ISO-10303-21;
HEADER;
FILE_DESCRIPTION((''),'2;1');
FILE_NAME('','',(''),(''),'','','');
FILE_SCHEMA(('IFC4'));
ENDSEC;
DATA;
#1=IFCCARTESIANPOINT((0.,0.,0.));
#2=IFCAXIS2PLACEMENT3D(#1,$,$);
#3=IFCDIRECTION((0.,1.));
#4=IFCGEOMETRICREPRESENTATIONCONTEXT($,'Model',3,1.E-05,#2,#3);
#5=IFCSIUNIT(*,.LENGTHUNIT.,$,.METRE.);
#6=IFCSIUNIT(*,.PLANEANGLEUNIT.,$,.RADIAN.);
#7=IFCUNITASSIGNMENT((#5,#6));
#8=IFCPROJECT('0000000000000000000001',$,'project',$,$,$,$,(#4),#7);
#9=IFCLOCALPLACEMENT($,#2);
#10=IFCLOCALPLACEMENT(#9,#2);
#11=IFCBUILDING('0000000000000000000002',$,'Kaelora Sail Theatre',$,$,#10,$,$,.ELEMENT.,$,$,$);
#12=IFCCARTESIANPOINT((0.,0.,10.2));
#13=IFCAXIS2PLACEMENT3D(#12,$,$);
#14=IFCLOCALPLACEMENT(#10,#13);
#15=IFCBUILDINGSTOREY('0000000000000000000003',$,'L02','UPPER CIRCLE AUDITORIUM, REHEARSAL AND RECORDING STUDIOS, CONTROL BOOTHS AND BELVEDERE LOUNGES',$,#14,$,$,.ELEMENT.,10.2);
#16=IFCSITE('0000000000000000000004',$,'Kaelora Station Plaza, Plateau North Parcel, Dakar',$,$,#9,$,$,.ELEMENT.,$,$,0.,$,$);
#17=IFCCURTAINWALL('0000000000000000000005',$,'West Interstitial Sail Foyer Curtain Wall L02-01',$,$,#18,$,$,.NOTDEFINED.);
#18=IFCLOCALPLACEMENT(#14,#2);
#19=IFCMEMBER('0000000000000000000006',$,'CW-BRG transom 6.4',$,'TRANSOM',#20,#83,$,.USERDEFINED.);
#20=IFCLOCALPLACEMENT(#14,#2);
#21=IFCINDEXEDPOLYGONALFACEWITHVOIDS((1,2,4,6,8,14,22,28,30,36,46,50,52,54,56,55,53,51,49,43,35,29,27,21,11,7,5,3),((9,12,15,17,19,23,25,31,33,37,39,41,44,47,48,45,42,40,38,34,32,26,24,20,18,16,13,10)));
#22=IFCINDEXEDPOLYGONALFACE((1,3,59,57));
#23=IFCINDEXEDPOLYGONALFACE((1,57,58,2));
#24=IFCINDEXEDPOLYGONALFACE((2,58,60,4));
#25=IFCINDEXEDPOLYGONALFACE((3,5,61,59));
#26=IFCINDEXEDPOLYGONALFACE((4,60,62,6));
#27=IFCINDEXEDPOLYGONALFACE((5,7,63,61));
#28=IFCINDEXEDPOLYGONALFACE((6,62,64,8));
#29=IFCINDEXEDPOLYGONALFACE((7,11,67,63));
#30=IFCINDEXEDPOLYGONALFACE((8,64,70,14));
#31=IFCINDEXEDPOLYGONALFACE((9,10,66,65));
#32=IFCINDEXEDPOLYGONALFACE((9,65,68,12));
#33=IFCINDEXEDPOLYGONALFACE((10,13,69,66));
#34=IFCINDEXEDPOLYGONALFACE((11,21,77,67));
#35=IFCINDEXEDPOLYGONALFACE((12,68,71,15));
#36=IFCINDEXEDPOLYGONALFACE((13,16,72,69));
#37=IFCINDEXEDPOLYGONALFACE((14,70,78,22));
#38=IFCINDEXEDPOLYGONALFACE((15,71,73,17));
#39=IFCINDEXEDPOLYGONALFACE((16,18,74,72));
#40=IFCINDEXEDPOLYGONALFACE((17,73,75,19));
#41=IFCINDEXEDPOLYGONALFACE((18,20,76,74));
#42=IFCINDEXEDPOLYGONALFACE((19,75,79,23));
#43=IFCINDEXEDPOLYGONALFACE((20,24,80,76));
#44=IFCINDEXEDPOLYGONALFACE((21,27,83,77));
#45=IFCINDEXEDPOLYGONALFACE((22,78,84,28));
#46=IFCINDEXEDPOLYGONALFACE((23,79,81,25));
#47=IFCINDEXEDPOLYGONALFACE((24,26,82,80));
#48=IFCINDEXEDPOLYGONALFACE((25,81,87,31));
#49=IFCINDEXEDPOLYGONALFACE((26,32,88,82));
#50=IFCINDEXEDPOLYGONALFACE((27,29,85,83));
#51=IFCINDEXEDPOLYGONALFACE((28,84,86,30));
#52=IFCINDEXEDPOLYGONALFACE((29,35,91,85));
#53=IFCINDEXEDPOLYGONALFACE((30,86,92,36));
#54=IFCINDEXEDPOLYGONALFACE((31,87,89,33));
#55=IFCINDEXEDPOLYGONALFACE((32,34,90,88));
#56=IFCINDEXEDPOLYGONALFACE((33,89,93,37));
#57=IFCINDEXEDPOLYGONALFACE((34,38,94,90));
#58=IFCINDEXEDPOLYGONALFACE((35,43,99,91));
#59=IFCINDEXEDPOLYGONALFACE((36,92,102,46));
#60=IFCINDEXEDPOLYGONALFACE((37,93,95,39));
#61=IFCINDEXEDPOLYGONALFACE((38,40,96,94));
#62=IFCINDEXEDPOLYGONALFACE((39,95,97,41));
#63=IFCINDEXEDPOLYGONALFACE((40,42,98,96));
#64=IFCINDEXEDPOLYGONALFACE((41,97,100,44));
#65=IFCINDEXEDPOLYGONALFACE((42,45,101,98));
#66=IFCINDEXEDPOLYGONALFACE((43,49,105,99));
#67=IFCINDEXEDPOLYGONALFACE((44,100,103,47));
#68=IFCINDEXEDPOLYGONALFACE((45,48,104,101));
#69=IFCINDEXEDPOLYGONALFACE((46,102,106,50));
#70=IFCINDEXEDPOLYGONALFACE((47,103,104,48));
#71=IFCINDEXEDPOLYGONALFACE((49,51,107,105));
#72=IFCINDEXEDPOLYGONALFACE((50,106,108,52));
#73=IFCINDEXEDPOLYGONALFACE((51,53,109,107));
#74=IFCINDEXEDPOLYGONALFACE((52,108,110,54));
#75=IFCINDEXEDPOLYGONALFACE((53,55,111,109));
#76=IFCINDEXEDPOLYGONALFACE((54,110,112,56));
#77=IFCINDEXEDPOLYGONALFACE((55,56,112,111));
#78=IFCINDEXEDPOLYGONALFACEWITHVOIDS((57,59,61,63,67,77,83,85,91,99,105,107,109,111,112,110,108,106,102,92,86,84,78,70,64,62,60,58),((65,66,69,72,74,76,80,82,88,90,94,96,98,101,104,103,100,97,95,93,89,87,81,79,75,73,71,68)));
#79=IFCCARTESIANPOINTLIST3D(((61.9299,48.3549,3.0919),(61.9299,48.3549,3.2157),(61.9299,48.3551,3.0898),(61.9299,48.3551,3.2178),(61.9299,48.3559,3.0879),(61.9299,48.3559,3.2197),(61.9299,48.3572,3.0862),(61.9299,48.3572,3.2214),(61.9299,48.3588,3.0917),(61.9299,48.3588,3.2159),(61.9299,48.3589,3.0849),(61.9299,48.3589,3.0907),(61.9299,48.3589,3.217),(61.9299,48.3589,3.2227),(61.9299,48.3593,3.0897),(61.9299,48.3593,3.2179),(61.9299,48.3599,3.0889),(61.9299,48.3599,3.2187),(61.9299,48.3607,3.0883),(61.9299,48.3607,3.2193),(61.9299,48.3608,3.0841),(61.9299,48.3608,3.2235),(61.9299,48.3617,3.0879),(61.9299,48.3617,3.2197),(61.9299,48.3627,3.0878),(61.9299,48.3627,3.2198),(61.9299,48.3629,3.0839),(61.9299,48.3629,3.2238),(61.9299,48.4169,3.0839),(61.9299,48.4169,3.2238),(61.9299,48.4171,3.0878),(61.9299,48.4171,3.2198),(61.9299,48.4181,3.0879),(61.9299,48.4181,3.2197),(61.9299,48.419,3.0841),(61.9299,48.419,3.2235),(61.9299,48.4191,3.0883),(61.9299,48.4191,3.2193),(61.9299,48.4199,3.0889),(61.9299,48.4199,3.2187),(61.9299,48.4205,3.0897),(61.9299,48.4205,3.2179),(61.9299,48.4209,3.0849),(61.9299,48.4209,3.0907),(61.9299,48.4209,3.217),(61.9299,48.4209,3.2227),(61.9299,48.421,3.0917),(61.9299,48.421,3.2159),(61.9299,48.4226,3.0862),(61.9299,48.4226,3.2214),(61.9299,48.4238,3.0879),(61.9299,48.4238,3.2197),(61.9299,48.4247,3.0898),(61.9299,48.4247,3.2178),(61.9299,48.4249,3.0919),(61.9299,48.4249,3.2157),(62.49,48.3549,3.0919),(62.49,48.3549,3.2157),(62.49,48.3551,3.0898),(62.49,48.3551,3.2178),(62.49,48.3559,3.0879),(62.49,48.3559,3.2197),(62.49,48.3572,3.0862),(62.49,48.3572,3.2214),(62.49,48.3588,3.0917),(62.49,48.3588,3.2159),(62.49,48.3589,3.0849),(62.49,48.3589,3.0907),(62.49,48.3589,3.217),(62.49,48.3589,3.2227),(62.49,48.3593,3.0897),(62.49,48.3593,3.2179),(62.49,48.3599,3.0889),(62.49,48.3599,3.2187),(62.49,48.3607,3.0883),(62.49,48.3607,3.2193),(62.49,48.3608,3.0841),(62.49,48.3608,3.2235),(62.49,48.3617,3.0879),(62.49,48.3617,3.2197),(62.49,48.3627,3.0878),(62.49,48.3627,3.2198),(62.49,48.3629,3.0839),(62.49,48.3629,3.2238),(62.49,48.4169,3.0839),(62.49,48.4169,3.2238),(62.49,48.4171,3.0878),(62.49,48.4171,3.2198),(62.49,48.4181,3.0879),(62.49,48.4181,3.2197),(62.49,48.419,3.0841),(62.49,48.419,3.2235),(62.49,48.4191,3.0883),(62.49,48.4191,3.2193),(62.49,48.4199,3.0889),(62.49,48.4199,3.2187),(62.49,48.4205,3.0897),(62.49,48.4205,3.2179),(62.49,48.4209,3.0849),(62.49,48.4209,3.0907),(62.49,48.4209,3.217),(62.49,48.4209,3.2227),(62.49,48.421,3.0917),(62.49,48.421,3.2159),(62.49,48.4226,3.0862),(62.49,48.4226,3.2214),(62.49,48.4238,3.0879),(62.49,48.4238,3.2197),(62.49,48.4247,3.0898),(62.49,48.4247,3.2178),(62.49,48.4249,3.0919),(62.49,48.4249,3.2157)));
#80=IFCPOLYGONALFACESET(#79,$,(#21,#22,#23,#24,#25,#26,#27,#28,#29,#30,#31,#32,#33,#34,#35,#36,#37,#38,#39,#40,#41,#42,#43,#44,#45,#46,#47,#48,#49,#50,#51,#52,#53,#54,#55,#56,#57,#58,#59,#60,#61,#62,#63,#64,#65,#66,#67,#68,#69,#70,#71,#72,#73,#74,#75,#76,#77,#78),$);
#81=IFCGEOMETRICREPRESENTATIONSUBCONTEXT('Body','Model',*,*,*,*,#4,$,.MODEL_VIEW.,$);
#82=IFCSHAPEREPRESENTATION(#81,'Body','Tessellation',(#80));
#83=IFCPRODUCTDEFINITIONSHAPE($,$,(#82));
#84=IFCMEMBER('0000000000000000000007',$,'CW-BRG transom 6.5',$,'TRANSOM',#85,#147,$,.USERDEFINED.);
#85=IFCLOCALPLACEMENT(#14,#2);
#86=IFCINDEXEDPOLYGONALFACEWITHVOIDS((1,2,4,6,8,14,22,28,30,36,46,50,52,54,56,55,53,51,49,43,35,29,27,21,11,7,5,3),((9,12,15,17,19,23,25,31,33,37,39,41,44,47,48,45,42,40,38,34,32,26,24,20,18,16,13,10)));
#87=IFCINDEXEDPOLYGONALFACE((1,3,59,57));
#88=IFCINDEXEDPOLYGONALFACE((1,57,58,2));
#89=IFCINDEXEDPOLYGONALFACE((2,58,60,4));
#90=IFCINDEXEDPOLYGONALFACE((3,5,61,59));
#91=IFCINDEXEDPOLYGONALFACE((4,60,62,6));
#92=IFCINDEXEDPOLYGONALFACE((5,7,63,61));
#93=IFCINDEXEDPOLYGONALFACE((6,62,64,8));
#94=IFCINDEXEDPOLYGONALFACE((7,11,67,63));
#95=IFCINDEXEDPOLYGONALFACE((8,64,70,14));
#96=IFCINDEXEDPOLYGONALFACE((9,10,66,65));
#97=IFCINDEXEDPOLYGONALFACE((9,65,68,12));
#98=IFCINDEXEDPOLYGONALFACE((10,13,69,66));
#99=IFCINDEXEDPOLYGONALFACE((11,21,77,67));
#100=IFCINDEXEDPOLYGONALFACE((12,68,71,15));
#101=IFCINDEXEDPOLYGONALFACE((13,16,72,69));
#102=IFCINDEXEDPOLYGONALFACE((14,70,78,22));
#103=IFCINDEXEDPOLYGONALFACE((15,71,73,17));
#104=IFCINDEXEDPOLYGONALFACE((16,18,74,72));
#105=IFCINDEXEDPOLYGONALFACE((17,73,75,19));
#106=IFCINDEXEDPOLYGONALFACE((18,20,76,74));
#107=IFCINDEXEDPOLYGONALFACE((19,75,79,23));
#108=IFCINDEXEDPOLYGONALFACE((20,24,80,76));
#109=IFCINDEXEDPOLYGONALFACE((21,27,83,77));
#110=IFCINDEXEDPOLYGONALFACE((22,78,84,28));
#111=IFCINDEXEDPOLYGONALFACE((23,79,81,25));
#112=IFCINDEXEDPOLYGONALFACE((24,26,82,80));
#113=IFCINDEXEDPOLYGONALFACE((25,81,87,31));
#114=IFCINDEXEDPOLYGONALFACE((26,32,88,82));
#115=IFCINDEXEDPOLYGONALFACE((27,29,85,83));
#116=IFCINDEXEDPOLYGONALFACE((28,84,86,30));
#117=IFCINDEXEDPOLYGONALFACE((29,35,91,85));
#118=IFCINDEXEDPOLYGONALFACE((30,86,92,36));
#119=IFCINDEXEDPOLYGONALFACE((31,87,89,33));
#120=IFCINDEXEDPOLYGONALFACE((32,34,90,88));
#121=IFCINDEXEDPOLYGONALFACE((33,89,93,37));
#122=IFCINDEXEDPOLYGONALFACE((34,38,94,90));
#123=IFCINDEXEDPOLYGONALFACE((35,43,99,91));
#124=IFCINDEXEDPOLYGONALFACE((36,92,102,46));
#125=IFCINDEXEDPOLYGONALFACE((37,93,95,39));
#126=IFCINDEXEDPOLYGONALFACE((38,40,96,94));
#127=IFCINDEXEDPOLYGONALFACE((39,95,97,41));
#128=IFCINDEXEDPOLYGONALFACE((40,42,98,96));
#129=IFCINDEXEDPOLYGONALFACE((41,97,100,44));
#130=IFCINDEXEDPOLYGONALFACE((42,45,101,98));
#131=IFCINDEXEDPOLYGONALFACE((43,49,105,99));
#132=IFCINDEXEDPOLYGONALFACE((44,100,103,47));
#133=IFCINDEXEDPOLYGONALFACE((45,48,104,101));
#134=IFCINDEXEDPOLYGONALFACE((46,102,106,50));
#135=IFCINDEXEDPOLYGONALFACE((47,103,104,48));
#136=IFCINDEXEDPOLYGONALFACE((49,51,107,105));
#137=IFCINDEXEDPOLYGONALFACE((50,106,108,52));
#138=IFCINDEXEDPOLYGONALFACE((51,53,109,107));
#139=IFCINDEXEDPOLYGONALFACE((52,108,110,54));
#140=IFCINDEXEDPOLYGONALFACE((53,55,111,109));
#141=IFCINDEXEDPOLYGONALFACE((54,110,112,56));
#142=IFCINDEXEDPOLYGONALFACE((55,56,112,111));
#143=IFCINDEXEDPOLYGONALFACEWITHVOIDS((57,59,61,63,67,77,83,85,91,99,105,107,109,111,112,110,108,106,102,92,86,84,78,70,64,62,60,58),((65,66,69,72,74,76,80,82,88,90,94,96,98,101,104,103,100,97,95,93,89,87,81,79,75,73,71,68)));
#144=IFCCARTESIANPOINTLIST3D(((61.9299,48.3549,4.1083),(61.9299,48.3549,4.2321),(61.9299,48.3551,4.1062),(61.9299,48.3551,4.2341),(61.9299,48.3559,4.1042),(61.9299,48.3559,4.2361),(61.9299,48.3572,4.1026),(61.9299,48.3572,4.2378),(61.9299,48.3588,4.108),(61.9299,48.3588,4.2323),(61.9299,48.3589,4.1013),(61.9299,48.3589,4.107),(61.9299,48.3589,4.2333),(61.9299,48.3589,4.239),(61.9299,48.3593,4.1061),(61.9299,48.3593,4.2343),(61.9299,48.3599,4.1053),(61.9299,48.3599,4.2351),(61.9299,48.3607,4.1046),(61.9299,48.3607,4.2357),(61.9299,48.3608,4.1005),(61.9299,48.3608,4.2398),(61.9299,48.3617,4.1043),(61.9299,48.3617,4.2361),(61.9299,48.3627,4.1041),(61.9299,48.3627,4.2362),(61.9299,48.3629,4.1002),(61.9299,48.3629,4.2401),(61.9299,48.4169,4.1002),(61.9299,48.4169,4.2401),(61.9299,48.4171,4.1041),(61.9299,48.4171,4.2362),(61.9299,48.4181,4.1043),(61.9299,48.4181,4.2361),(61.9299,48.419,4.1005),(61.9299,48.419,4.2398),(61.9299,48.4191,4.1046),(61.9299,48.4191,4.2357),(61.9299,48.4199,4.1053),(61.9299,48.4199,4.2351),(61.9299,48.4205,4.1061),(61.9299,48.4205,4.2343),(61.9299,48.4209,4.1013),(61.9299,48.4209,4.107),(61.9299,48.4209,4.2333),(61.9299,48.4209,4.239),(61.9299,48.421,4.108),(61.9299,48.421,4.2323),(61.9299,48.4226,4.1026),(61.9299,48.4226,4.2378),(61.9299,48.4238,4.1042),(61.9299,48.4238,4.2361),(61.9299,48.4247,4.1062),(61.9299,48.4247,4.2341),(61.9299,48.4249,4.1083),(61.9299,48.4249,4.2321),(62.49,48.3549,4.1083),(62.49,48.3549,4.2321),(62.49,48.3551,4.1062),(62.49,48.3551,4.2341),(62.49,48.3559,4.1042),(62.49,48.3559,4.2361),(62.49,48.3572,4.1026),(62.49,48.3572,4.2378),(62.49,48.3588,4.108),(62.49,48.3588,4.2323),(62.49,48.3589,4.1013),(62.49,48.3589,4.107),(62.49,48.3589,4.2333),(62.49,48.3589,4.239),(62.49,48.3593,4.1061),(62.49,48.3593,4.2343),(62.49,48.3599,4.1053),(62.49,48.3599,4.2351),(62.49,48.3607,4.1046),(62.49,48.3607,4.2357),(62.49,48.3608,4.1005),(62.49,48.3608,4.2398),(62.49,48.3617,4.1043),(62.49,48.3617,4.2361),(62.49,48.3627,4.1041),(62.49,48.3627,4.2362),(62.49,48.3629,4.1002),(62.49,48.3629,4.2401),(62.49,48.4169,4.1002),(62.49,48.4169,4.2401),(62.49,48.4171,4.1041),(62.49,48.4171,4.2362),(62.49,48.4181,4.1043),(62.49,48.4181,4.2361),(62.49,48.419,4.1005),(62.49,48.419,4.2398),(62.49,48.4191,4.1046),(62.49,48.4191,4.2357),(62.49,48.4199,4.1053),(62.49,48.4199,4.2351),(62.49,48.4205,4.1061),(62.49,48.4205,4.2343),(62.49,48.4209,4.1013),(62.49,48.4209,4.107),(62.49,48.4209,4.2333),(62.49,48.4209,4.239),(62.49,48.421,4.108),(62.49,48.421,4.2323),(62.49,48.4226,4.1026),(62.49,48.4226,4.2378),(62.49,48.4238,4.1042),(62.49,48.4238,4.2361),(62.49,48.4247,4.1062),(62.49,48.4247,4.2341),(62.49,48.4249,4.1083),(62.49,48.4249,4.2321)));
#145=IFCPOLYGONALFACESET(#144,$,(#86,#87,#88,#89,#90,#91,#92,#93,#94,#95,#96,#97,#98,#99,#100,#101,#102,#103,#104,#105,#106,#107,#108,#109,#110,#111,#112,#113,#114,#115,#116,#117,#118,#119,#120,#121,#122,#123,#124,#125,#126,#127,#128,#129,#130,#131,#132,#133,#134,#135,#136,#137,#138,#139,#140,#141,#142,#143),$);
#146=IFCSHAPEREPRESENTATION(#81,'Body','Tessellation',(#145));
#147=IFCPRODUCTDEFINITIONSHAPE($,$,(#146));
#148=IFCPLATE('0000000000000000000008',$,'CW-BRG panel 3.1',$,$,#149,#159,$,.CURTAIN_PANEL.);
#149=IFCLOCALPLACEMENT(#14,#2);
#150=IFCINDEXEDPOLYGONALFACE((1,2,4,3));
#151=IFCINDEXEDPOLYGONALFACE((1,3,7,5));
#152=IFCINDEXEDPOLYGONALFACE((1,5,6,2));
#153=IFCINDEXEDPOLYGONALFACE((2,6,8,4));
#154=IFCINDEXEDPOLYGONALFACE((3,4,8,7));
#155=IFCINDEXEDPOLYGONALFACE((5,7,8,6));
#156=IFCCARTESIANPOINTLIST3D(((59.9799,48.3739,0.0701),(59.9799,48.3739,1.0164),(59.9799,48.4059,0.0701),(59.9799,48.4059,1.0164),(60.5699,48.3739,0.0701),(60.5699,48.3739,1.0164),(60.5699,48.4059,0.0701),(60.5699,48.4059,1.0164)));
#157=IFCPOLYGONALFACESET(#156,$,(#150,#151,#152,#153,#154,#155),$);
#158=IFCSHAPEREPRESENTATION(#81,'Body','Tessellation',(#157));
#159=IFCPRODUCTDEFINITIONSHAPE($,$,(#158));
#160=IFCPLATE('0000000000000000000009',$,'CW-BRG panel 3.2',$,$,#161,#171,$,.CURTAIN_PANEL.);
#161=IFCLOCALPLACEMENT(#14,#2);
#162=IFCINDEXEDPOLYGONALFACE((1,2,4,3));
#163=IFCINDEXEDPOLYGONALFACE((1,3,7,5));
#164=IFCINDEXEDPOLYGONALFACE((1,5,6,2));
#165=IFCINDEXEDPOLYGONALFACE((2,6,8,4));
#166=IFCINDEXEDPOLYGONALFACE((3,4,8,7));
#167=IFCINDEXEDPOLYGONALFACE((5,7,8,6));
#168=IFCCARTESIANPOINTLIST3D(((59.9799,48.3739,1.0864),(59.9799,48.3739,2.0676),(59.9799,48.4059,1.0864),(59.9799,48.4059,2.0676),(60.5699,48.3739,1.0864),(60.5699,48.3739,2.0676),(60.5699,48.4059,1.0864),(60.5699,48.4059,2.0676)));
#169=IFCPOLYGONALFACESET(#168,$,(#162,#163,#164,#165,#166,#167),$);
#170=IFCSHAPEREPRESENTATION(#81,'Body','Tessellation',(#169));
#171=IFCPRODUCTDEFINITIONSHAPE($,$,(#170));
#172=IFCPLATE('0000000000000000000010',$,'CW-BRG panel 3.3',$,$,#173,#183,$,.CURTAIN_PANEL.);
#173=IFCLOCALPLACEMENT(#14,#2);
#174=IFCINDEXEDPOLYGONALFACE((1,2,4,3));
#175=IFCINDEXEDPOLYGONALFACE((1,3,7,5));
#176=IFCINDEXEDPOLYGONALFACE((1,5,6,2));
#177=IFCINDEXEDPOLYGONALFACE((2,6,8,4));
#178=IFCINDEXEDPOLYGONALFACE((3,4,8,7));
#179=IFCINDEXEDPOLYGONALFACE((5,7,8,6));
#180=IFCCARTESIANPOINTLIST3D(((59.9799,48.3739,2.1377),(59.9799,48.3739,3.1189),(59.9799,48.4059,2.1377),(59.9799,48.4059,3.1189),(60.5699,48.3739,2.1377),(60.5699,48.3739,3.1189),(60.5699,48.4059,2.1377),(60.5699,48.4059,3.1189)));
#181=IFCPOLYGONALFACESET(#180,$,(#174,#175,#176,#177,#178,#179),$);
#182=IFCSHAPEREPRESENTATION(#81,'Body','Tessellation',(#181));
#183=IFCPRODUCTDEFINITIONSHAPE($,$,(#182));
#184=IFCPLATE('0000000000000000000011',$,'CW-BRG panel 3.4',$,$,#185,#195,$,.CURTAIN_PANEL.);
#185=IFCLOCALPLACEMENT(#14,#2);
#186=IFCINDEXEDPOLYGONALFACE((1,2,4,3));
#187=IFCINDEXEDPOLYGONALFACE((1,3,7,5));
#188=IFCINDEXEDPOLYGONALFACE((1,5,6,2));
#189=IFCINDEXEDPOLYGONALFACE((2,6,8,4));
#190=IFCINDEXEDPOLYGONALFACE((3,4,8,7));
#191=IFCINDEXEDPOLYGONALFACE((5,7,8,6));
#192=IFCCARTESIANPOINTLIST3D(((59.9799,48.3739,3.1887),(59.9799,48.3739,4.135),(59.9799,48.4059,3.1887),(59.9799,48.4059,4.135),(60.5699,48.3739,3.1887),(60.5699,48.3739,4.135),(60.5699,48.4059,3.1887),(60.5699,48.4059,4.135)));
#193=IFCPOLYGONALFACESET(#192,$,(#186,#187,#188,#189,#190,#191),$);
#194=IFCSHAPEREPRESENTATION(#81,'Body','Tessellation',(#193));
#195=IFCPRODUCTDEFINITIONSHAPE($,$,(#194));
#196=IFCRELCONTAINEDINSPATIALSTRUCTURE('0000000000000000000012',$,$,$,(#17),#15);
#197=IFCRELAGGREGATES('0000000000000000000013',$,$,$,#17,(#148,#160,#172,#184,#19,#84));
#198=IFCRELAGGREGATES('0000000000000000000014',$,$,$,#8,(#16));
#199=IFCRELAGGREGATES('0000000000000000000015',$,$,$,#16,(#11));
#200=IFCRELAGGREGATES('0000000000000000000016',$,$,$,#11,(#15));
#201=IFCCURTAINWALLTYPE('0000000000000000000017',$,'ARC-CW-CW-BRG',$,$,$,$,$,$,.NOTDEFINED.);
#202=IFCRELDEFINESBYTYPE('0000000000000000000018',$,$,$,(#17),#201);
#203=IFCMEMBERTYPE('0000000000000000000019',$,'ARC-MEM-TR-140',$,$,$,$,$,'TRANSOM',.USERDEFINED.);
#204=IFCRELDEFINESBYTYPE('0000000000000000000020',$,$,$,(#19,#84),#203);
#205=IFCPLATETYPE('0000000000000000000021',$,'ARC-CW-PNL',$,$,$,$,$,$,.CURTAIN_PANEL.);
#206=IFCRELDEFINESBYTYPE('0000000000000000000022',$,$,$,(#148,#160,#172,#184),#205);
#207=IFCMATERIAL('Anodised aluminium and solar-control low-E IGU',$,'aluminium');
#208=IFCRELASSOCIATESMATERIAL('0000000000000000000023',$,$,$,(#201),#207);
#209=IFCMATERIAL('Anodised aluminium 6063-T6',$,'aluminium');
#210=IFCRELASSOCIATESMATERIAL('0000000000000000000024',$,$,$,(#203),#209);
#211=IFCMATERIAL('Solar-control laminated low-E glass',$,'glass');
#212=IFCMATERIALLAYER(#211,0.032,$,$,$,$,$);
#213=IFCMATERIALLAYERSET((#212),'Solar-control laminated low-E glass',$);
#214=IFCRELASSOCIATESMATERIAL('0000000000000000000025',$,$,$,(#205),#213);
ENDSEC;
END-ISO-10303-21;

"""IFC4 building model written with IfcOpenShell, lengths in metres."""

from ifc_helpers import new_model, si_unit, direction, frame, origin, origin_2d, place, context, subcontext, project, spatial, rectangle, hollow_rectangle, extrude, material, layer, layer_set, material_profile, profile_set, type_object, element, aggregate, save


model = new_model("IFC4")

# Units and contexts
model_context = context("Model", 3, precision=1e-05, world=origin(), true_north=direction((0.0, 1.0)))
body_context = subcontext(model_context, "Body", "Model", "MODEL_VIEW")
ifc_project = project(units=[si_unit("LENGTHUNIT", "METRE"), si_unit("PLANEANGLEUNIT", "RADIAN")], contexts=[model_context])

# Site, building, storey
site_placement = place(None, origin())
site = spatial("IfcSite", under=ifc_project, at=site_placement, Name="Kaelora Station Plaza, Plateau North Parcel, Dakar", CompositionType="ELEMENT", RefElevation=0.0)
building_placement = place(site_placement, origin())
building = spatial("IfcBuilding", under=site, at=building_placement, Name="Kaelora Sail Theatre", CompositionType="ELEMENT")
storey_placement = place(building_placement, frame((0.0, 0.0, 10.2)))
storey = spatial("IfcBuildingStorey", under=building, at=storey_placement, Name="L02", Description="UPPER CIRCLE AUDITORIUM, REHEARSAL AND RECORDING STUDIOS, CONTROL BOOTHS AND BELVEDERE LOUNGES", CompositionType="ELEMENT", Elevation=10.2)

# Curtain wall, members, plates
ifc_material_1 = material(Name="Anodised aluminium and solar-control low-E IGU", Category="aluminium")
curtain_wall_type = type_object("IfcCurtainWallType", Name="ARC-CW-CW-BRG", PredefinedType="NOTDEFINED", material=ifc_material_1)
curtain_wall_placement = place(storey_placement, origin())
curtain_wall = element("IfcCurtainWall", 1, at=curtain_wall_placement, inside=storey, type_object=curtain_wall_type, Name="West Interstitial Sail Foyer Curtain Wall L02-01", PredefinedType="NOTDEFINED")
ifc_material_2 = material(Name="Anodised aluminium 6063-T6", Category="aluminium")
ifc_material_profile_1 = material_profile(ifc_material_2, hollow_rectangle(XDim=0.0701, YDim=0.1399, WallThickness=0.0039, InnerFilletRadius=0.0039, OuterFilletRadius=0.0081, at=origin_2d()), Name="ALU-TRAN 70x140x4")
ifc_profile_set_1 = profile_set([ifc_material_profile_1], Name="Anodised aluminium 6063-T6")
member_type_1 = type_object("IfcMemberType", Name="ARC-MEM-TR-140", ElementType="TRANSOM", PredefinedType="USERDEFINED", material=ifc_profile_set_1)
member_1_placement = place(storey_placement, frame((61.9299, 48.3899, 3.1538), z_axis=(1.0, 0.0, 0.0), x_axis=(0.0, 1.0, 0.0)))
member_1 = element("IfcMember", 2, at=member_1_placement, type_object=member_type_1, Name="CW-BRG transom 6.4", ObjectType="TRANSOM", PredefinedType="USERDEFINED", context=body_context, shape_type="SweptSolid", body=[
    extrude(hollow_rectangle(XDim=0.0701, YDim=0.1399, WallThickness=0.0039, InnerFilletRadius=0.0039, OuterFilletRadius=0.0081, at=origin_2d()), origin(), (0.0, 0.0, 1.0), 0.5601),
])
member_2_placement = place(storey_placement, frame((61.9299, 48.3899, 4.1702), z_axis=(1.0, 0.0, 0.0), x_axis=(0.0, 1.0, 0.0)))
member_2 = element("IfcMember", 3, at=member_2_placement, type_object=member_type_1, Name="CW-BRG transom 6.5", ObjectType="TRANSOM", PredefinedType="USERDEFINED", context=body_context, shape_type="SweptSolid", body=[
    extrude(hollow_rectangle(XDim=0.0701, YDim=0.1399, WallThickness=0.0039, InnerFilletRadius=0.0039, OuterFilletRadius=0.0081, at=origin_2d()), origin(), (0.0, 0.0, 1.0), 0.5601),
])
ifc_material_3 = material(Name="Solar-control laminated low-E glass", Category="glass")
ifc_layer = layer(ifc_material_3, 0.032)
ifc_layer_set = layer_set([ifc_layer], Name="Solar-control laminated low-E glass")
plate_type = type_object("IfcPlateType", Name="ARC-CW-PNL", PredefinedType="CURTAIN_PANEL", material=ifc_layer_set)
plate_1_placement = place(storey_placement, frame((60.2749, 48.3899, 0.0701), z_axis=(0.0, 0.0, 1.0), x_axis=(1.0, 0.0, 0.0)))
plate_1 = element("IfcPlate", 4, at=plate_1_placement, type_object=plate_type, Name="CW-BRG panel 3.1", PredefinedType="CURTAIN_PANEL", context=body_context, shape_type="SweptSolid", body=[
    extrude(rectangle(XDim=0.5901, YDim=0.032, at=origin_2d()), origin(), (0.0, 0.0, 1.0), 0.9463),
])
plate_2_placement = place(storey_placement, frame((60.2749, 48.3899, 1.0864), z_axis=(0.0, 0.0, 1.0), x_axis=(1.0, 0.0, 0.0)))
plate_2 = element("IfcPlate", 5, at=plate_2_placement, type_object=plate_type, Name="CW-BRG panel 3.2", PredefinedType="CURTAIN_PANEL", context=body_context, shape_type="SweptSolid", body=[
    extrude(rectangle(XDim=0.5901, YDim=0.032, at=origin_2d()), origin(), (0.0, 0.0, 1.0), 0.9812),
])
plate_3_placement = place(storey_placement, frame((60.2749, 48.3899, 2.1377), z_axis=(0.0, 0.0, 1.0), x_axis=(1.0, 0.0, 0.0)))
plate_3 = element("IfcPlate", 6, at=plate_3_placement, type_object=plate_type, Name="CW-BRG panel 3.3", PredefinedType="CURTAIN_PANEL", context=body_context, shape_type="SweptSolid", body=[
    extrude(rectangle(XDim=0.5901, YDim=0.032, at=origin_2d()), origin(), (0.0, 0.0, 1.0), 0.9812),
])
plate_4_placement = place(storey_placement, frame((60.2749, 48.3899, 3.1887), z_axis=(0.0, 0.0, 1.0), x_axis=(1.0, 0.0, 0.0)))
plate_4 = element("IfcPlate", 7, at=plate_4_placement, type_object=plate_type, Name="CW-BRG panel 3.4", PredefinedType="CURTAIN_PANEL", context=body_context, shape_type="SweptSolid", body=[
    extrude(rectangle(XDim=0.5901, YDim=0.032, at=origin_2d()), origin(), (0.0, 0.0, 1.0), 0.9463),
])
aggregate(curtain_wall, [plate_1, plate_2, plate_3, plate_4, member_1, member_2])

save(model, "model.ifc")
